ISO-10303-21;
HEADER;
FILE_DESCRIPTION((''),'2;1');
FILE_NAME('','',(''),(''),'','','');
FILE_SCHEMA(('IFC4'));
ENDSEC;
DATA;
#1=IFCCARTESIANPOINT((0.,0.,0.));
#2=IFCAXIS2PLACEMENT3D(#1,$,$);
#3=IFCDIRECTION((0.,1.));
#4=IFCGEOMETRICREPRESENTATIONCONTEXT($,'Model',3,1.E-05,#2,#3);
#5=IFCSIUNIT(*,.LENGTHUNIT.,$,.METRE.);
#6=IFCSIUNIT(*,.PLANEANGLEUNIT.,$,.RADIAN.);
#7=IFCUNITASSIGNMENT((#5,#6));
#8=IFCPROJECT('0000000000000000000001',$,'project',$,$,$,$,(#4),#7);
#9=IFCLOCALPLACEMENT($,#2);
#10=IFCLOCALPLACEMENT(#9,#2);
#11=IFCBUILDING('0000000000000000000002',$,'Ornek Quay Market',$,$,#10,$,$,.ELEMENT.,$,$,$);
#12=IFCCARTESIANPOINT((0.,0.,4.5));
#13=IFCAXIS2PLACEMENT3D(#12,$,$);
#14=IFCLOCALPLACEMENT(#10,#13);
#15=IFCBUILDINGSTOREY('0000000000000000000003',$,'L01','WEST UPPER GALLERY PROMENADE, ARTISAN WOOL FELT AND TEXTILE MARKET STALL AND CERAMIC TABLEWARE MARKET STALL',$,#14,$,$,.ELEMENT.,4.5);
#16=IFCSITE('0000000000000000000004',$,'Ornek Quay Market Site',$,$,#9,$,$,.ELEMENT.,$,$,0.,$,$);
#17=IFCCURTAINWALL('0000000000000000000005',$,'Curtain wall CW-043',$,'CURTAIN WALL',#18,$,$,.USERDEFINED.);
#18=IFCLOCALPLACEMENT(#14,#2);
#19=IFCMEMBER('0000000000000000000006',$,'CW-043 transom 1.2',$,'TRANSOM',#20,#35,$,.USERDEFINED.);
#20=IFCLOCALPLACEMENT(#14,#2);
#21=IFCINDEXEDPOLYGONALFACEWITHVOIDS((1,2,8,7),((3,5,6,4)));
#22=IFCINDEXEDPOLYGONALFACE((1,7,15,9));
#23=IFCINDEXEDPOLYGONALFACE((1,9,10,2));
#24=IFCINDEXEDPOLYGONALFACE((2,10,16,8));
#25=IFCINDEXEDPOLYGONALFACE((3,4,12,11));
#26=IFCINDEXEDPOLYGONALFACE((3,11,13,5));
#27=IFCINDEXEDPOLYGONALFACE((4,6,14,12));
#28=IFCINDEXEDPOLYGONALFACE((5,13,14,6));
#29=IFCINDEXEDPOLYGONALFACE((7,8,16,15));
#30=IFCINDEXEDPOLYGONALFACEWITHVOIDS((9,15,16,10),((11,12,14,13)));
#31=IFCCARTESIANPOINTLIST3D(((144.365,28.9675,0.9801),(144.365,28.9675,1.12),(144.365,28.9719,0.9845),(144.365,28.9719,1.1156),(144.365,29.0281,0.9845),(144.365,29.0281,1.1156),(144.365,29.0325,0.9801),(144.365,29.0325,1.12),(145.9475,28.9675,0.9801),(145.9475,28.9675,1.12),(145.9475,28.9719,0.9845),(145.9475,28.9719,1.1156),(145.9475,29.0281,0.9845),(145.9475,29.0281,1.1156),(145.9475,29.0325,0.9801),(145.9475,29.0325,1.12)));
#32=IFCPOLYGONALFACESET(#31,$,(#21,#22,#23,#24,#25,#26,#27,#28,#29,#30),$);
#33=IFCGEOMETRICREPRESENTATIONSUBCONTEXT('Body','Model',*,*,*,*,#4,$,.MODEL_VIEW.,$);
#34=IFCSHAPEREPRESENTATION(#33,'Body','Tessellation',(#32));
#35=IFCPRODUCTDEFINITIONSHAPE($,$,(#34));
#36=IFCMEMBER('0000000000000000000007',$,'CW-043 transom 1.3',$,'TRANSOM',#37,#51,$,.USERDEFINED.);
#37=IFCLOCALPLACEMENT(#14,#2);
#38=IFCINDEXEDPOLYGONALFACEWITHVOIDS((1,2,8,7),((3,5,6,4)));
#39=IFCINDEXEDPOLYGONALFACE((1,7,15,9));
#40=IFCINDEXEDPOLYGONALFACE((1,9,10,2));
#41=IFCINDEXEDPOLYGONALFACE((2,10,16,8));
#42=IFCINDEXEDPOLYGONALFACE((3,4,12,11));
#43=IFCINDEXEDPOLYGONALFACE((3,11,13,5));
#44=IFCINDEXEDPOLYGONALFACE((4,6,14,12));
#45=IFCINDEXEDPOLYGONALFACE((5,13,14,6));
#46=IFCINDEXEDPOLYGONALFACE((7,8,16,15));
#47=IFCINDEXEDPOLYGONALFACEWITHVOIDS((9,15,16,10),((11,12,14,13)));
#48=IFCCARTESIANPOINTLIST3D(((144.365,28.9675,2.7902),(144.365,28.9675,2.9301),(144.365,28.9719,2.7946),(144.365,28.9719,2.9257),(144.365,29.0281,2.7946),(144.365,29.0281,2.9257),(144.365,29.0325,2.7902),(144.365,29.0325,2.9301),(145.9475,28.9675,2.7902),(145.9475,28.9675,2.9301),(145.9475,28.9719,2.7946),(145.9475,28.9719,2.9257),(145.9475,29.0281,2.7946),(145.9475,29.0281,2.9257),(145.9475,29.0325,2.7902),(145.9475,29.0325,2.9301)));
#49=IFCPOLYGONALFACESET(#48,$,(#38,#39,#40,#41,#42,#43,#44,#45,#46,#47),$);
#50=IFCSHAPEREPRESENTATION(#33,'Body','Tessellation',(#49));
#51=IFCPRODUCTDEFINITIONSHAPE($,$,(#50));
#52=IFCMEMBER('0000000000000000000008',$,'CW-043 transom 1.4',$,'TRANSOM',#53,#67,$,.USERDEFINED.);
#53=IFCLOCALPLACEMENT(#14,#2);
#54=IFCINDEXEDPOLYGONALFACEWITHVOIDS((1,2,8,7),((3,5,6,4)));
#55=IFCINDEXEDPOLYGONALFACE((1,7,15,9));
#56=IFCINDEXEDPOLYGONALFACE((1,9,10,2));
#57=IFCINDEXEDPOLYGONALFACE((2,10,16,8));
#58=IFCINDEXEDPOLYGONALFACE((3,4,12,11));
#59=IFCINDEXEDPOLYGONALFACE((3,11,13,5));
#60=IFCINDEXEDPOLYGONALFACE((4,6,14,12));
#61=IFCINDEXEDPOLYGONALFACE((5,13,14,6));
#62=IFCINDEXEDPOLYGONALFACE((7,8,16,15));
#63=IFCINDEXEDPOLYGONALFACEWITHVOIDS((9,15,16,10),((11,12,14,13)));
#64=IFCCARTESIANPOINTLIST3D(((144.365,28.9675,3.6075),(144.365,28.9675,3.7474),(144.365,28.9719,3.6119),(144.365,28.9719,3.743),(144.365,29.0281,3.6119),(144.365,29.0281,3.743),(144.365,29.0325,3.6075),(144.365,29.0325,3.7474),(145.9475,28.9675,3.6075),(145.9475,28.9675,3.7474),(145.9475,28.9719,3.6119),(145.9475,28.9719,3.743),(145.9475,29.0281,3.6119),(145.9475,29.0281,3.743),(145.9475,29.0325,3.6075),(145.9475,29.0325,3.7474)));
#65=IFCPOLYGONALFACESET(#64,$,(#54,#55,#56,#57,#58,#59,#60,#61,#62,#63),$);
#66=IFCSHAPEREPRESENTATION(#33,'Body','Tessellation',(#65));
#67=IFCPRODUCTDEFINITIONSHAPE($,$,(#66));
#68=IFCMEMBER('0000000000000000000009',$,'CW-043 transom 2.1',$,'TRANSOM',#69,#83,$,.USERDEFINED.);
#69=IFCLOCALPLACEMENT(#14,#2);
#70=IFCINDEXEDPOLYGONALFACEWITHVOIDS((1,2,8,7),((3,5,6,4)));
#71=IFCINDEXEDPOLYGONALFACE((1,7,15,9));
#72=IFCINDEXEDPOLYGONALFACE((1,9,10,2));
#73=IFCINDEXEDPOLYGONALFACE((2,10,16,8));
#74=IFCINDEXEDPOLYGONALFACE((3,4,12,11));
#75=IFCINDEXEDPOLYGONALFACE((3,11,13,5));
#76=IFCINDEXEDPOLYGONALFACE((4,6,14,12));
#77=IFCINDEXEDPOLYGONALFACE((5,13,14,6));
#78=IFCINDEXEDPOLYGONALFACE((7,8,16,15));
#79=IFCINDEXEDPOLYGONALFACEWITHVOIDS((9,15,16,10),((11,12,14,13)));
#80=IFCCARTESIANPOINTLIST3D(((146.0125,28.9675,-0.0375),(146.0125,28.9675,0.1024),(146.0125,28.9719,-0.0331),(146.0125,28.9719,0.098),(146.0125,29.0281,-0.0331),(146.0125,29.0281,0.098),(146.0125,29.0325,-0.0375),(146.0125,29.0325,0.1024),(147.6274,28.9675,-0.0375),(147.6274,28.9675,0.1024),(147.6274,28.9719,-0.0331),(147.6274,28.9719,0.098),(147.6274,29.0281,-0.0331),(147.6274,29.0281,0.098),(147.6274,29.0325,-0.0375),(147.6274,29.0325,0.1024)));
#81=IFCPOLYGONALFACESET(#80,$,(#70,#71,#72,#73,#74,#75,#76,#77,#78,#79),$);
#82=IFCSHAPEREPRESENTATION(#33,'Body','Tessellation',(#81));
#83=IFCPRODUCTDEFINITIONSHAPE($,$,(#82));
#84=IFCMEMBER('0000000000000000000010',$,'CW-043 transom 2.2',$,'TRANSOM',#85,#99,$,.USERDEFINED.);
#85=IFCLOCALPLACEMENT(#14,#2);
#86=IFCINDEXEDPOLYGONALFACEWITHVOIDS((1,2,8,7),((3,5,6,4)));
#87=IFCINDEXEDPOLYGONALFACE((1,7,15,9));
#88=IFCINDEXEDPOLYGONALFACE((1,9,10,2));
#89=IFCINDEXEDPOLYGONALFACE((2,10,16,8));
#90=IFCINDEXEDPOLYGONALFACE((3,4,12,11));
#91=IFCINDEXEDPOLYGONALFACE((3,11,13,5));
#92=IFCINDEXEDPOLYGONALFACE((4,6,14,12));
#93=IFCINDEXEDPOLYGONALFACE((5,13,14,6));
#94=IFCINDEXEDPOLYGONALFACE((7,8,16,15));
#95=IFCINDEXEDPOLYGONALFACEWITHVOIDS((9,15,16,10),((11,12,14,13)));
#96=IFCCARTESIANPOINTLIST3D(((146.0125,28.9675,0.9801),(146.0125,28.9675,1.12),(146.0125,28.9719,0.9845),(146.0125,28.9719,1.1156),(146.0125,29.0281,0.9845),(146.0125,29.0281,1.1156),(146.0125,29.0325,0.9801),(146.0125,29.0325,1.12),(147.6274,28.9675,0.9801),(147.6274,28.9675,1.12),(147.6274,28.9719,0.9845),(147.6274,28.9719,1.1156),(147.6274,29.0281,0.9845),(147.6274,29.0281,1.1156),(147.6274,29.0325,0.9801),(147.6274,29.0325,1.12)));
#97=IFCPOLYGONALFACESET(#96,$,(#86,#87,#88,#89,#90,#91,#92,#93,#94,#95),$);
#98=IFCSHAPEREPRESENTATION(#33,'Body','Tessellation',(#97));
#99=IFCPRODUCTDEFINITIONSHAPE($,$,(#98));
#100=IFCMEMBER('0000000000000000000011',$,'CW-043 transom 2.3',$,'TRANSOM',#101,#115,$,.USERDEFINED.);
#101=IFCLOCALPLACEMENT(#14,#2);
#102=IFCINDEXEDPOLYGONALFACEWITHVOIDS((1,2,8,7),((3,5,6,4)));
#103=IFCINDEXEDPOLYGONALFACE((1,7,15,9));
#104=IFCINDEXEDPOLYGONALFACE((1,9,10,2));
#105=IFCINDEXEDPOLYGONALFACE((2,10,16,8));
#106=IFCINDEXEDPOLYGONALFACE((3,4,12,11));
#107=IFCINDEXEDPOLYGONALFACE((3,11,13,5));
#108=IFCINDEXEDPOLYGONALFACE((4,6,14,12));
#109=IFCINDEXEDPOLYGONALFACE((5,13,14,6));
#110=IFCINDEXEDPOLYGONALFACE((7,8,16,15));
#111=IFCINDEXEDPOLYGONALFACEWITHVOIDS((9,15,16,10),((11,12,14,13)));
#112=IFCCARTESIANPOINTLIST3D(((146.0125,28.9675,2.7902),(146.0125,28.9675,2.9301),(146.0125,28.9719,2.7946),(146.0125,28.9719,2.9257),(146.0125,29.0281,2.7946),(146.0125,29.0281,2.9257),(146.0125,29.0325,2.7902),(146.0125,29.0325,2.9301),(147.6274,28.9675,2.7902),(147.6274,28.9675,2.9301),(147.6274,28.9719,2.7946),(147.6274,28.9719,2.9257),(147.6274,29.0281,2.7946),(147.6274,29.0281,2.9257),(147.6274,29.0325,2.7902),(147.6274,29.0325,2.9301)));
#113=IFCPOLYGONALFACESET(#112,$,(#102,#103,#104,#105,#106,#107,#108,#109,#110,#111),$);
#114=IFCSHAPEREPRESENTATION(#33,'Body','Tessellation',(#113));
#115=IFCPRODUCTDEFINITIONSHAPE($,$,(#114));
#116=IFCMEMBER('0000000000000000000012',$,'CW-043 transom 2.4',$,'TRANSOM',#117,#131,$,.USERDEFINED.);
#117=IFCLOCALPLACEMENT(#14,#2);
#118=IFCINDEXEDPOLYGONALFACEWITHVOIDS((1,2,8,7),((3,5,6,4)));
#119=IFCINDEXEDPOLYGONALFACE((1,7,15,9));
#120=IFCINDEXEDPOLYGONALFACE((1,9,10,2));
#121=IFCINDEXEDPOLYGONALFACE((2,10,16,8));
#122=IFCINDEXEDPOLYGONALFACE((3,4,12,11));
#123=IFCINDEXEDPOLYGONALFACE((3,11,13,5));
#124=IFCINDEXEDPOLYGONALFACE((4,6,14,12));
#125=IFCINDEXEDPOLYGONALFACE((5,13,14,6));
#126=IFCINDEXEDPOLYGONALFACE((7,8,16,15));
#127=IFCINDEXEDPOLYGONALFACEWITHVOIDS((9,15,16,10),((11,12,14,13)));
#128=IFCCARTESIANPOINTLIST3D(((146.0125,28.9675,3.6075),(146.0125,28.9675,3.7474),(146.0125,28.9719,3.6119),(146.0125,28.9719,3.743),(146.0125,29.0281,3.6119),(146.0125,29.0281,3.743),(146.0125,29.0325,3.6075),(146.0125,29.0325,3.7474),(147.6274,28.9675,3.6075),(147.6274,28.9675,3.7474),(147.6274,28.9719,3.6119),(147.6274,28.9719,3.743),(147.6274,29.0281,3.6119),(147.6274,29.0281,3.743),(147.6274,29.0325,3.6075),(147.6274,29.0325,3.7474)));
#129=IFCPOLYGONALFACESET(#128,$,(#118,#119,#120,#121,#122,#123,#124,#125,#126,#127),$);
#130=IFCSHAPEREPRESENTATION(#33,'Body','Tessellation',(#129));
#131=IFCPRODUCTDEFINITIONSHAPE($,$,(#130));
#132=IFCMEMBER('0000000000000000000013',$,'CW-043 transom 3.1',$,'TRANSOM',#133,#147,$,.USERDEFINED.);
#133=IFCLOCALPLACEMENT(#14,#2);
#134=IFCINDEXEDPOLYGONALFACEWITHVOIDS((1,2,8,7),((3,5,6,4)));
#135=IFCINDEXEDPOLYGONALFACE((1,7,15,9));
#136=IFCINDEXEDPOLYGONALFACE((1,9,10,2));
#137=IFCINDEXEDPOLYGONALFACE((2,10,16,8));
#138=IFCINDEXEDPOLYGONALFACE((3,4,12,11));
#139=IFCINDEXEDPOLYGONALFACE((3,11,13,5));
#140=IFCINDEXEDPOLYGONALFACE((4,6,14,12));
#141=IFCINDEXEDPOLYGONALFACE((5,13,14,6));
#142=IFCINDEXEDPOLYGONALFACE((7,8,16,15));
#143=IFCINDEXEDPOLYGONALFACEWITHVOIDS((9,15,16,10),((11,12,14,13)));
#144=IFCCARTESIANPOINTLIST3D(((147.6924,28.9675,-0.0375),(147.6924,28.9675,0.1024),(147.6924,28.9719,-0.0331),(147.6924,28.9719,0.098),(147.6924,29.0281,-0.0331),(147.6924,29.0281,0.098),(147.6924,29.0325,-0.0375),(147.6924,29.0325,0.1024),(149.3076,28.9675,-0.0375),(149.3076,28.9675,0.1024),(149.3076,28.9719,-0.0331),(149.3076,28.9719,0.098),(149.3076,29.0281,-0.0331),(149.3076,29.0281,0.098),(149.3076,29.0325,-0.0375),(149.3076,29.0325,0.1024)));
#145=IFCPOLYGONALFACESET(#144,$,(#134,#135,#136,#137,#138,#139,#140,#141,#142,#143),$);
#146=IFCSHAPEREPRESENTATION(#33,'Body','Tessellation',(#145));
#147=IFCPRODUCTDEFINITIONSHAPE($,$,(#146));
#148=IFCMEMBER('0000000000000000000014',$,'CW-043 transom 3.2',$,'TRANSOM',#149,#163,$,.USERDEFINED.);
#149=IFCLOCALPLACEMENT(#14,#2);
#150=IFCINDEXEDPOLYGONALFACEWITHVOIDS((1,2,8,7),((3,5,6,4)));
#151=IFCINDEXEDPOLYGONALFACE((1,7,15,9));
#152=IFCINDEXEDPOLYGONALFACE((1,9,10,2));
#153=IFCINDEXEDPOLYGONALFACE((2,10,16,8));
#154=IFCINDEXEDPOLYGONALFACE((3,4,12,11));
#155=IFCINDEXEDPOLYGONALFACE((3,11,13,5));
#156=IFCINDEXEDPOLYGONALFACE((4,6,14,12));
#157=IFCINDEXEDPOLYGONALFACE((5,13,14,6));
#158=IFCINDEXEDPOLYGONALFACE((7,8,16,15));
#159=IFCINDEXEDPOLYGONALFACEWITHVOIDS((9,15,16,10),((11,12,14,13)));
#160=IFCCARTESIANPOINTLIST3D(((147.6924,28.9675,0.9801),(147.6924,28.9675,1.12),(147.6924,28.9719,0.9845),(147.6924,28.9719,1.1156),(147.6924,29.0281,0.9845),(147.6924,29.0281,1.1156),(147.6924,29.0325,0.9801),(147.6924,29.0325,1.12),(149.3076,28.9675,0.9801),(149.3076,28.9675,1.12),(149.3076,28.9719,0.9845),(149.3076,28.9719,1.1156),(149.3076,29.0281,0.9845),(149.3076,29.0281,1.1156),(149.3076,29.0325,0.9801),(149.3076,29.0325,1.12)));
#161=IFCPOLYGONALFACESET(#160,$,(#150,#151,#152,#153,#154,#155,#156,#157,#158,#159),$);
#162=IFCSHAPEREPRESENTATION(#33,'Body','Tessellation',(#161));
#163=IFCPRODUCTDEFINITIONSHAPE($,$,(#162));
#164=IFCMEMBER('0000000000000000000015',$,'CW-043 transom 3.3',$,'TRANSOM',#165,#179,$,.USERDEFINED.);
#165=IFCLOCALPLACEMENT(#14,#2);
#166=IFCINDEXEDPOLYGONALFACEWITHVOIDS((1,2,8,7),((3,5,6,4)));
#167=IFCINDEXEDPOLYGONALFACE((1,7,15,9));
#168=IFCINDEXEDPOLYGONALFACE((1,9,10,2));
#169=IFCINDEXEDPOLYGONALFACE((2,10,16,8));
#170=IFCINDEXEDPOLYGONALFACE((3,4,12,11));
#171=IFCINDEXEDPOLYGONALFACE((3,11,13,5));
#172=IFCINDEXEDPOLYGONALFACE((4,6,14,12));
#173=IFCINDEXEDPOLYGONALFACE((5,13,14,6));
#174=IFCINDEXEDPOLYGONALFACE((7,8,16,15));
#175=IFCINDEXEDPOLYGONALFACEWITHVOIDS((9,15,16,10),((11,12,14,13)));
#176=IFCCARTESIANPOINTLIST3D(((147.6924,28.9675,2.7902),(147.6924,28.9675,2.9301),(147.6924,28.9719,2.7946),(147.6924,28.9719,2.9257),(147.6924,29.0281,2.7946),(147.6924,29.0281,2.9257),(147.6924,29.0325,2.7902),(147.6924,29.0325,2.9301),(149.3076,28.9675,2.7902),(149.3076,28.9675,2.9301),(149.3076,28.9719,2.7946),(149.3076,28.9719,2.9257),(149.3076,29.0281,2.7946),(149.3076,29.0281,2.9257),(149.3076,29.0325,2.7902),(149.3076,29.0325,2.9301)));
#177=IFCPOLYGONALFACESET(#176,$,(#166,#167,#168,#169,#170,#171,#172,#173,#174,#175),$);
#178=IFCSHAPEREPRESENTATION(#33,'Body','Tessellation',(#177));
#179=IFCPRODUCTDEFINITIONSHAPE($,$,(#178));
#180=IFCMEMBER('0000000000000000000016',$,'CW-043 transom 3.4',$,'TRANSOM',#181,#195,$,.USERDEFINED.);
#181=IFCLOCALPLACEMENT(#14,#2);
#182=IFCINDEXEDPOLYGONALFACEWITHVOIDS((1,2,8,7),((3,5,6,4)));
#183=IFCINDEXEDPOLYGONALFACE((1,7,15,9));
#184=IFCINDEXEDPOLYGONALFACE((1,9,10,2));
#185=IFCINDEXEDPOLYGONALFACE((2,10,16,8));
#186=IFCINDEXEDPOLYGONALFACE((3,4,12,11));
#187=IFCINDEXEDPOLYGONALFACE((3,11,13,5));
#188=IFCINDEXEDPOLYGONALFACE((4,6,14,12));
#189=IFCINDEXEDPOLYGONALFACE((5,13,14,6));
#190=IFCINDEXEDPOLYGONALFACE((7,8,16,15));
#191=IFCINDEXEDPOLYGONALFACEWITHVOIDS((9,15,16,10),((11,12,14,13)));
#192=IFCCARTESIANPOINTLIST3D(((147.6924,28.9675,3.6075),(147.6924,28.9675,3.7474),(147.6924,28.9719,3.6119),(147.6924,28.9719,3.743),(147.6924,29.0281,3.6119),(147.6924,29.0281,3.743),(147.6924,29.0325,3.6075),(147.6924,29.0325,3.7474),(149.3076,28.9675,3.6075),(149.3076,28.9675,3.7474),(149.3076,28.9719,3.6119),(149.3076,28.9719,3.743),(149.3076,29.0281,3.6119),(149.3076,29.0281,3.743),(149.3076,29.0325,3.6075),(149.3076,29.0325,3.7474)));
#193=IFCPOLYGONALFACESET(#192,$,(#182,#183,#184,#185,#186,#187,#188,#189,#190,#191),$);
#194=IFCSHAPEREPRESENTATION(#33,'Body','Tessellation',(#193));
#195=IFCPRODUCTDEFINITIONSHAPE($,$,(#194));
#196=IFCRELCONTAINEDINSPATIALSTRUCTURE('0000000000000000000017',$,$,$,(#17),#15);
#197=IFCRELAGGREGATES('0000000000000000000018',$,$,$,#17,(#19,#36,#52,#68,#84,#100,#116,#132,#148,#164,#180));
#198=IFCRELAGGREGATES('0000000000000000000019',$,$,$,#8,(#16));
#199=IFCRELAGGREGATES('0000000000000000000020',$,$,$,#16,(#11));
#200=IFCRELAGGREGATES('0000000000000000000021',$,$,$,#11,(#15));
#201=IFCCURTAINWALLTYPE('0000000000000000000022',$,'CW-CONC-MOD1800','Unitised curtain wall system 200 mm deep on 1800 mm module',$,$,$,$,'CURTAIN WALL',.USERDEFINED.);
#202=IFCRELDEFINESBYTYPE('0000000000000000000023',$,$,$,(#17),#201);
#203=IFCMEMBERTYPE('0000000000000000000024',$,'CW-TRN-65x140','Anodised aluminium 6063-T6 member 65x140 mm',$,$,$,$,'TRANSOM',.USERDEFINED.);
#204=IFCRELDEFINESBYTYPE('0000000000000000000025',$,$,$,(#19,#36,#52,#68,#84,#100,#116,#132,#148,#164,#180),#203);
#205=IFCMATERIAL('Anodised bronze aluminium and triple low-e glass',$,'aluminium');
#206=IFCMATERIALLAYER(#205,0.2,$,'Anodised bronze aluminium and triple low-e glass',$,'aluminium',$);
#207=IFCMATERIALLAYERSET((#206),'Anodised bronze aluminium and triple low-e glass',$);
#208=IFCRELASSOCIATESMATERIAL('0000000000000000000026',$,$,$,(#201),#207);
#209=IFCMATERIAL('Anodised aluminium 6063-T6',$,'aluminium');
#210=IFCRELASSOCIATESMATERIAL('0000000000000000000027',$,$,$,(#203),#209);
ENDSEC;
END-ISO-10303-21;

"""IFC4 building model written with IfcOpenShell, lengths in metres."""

from ifc_helpers import new_model, si_unit, direction, frame, origin, origin_2d, place, context, subcontext, project, spatial, hollow_rectangle, extrude, material, layer, layer_set, material_profile, profile_set, type_object, element, aggregate, save


model = new_model("IFC4")

# Units and contexts
model_context = context("Model", 3, precision=1e-05, world=origin(), true_north=direction((0.0, 1.0)))
body_context = subcontext(model_context, "Body", "Model", "MODEL_VIEW")
ifc_project = project(units=[si_unit("LENGTHUNIT", "METRE"), si_unit("PLANEANGLEUNIT", "RADIAN")], contexts=[model_context])

# Site, building, storey
site_placement = place(None, origin())
site = spatial("IfcSite", under=ifc_project, at=site_placement, Name="Ornek Quay Market Site", CompositionType="ELEMENT", RefElevation=0.0)
building_placement = place(site_placement, origin())
building = spatial("IfcBuilding", under=site, at=building_placement, Name="Ornek Quay Market", CompositionType="ELEMENT")
storey_placement = place(building_placement, frame((0.0, 0.0, 4.5)))
storey = spatial("IfcBuildingStorey", under=building, at=storey_placement, Name="L01", Description="WEST UPPER GALLERY PROMENADE, ARTISAN WOOL FELT AND TEXTILE MARKET STALL AND CERAMIC TABLEWARE MARKET STALL", CompositionType="ELEMENT", Elevation=4.5)

# Shared definitions
ifc_material_1 = material(Name="Anodised bronze aluminium and triple low-e glass", Category="aluminium")
ifc_material_2 = material(Name="Anodised aluminium 6063-T6", Category="aluminium")
ifc_layer_1 = layer(ifc_material_1, 0.2, Name="Anodised bronze aluminium and triple low-e glass", Category="aluminium")
ifc_layer_set_1 = layer_set([ifc_layer_1], Name="Anodised bronze aluminium and triple low-e glass")
curtain_wall_type_1 = type_object("IfcCurtainWallType", Name="CW-CONC-MOD1800", Description="Unitised curtain wall system 200 mm deep on 1800 mm module", ElementType="CURTAIN WALL", PredefinedType="USERDEFINED", material=ifc_layer_set_1)

# Curtain wall
curtain_wall_1_placement = place(storey_placement, origin())
curtain_wall_1 = element("IfcCurtainWall", 1, at=curtain_wall_1_placement, inside=storey, type_object=curtain_wall_type_1, Name="Curtain wall CW-043", ObjectType="CURTAIN WALL", PredefinedType="USERDEFINED")

# Members
ifc_material_profile_1 = material_profile(ifc_material_2, hollow_rectangle(XDim=0.0649, YDim=0.1399, WallThickness=0.0044, at=origin_2d()), Name="CW-TRN-65x140", Category="aluminium")
ifc_profile_set_1 = profile_set([ifc_material_profile_1], Name="Anodised aluminium 6063-T6")
member_type_1 = type_object("IfcMemberType", Name="CW-TRN-65x140", Description="Anodised aluminium 6063-T6 member 65x140 mm", ElementType="TRANSOM", PredefinedType="USERDEFINED", material=ifc_profile_set_1)
member_1_placement = place(storey_placement, frame((144.365, 29.0, 1.05), z_axis=(1.0, 0.0, 0.0), x_axis=(0.0, 1.0, 0.0)))
member_1 = element("IfcMember", 2, at=member_1_placement, type_object=member_type_1, Name="CW-043 transom 1.2", ObjectType="TRANSOM", PredefinedType="USERDEFINED", context=body_context, shape_type="SweptSolid", body=[
    extrude(hollow_rectangle(XDim=0.0649, YDim=0.1399, WallThickness=0.0044, at=origin_2d()), origin(), (0.0, 0.0, 1.0), 1.5825),
])
member_2_placement = place(storey_placement, frame((144.365, 29.0, 2.8601), z_axis=(1.0, 0.0, 0.0), x_axis=(0.0, 1.0, 0.0)))
member_2 = element("IfcMember", 3, at=member_2_placement, type_object=member_type_1, Name="CW-043 transom 1.3", ObjectType="TRANSOM", PredefinedType="USERDEFINED", context=body_context, shape_type="SweptSolid", body=[
    extrude(hollow_rectangle(XDim=0.0649, YDim=0.1399, WallThickness=0.0044, at=origin_2d()), origin(), (0.0, 0.0, 1.0), 1.5825),
])
member_3_placement = place(storey_placement, frame((144.365, 29.0, 3.6775), z_axis=(1.0, 0.0, 0.0), x_axis=(0.0, 1.0, 0.0)))
member_3 = element("IfcMember", 4, at=member_3_placement, type_object=member_type_1, Name="CW-043 transom 1.4", ObjectType="TRANSOM", PredefinedType="USERDEFINED", context=body_context, shape_type="SweptSolid", body=[
    extrude(hollow_rectangle(XDim=0.0649, YDim=0.1399, WallThickness=0.0044, at=origin_2d()), origin(), (0.0, 0.0, 1.0), 1.5825),
])
member_4_placement = place(storey_placement, frame((146.0125, 29.0, 0.0325), z_axis=(1.0, 0.0, 0.0), x_axis=(0.0, 1.0, 0.0)))
member_4 = element("IfcMember", 5, at=member_4_placement, type_object=member_type_1, Name="CW-043 transom 2.1", ObjectType="TRANSOM", PredefinedType="USERDEFINED", context=body_context, shape_type="SweptSolid", body=[
    extrude(hollow_rectangle(XDim=0.0649, YDim=0.1399, WallThickness=0.0044, at=origin_2d()), origin(), (0.0, 0.0, 1.0), 1.615),
])
member_5_placement = place(storey_placement, frame((146.0125, 29.0, 1.05), z_axis=(1.0, 0.0, 0.0), x_axis=(0.0, 1.0, 0.0)))
member_5 = element("IfcMember", 6, at=member_5_placement, type_object=member_type_1, Name="CW-043 transom 2.2", ObjectType="TRANSOM", PredefinedType="USERDEFINED", context=body_context, shape_type="SweptSolid", body=[
    extrude(hollow_rectangle(XDim=0.0649, YDim=0.1399, WallThickness=0.0044, at=origin_2d()), origin(), (0.0, 0.0, 1.0), 1.615),
])
member_6_placement = place(storey_placement, frame((146.0125, 29.0, 2.8601), z_axis=(1.0, 0.0, 0.0), x_axis=(0.0, 1.0, 0.0)))
member_6 = element("IfcMember", 7, at=member_6_placement, type_object=member_type_1, Name="CW-043 transom 2.3", ObjectType="TRANSOM", PredefinedType="USERDEFINED", context=body_context, shape_type="SweptSolid", body=[
    extrude(hollow_rectangle(XDim=0.0649, YDim=0.1399, WallThickness=0.0044, at=origin_2d()), origin(), (0.0, 0.0, 1.0), 1.615),
])
member_7_placement = place(storey_placement, frame((146.0125, 29.0, 3.6775), z_axis=(1.0, 0.0, 0.0), x_axis=(0.0, 1.0, 0.0)))
member_7 = element("IfcMember", 8, at=member_7_placement, type_object=member_type_1, Name="CW-043 transom 2.4", ObjectType="TRANSOM", PredefinedType="USERDEFINED", context=body_context, shape_type="SweptSolid", body=[
    extrude(hollow_rectangle(XDim=0.0649, YDim=0.1399, WallThickness=0.0044, at=origin_2d()), origin(), (0.0, 0.0, 1.0), 1.615),
])
member_8_placement = place(storey_placement, frame((147.6924, 29.0, 0.0325), z_axis=(1.0, 0.0, 0.0), x_axis=(0.0, 1.0, 0.0)))
member_8 = element("IfcMember", 9, at=member_8_placement, type_object=member_type_1, Name="CW-043 transom 3.1", ObjectType="TRANSOM", PredefinedType="USERDEFINED", context=body_context, shape_type="SweptSolid", body=[
    extrude(hollow_rectangle(XDim=0.0649, YDim=0.1399, WallThickness=0.0044, at=origin_2d()), origin(), (0.0, 0.0, 1.0), 1.6152),
])
member_9_placement = place(storey_placement, frame((147.6924, 29.0, 1.05), z_axis=(1.0, 0.0, 0.0), x_axis=(0.0, 1.0, 0.0)))
member_9 = element("IfcMember", 10, at=member_9_placement, type_object=member_type_1, Name="CW-043 transom 3.2", ObjectType="TRANSOM", PredefinedType="USERDEFINED", context=body_context, shape_type="SweptSolid", body=[
    extrude(hollow_rectangle(XDim=0.0649, YDim=0.1399, WallThickness=0.0044, at=origin_2d()), origin(), (0.0, 0.0, 1.0), 1.6152),
])
member_10_placement = place(storey_placement, frame((147.6924, 29.0, 2.8601), z_axis=(1.0, 0.0, 0.0), x_axis=(0.0, 1.0, 0.0)))
member_10 = element("IfcMember", 11, at=member_10_placement, type_object=member_type_1, Name="CW-043 transom 3.3", ObjectType="TRANSOM", PredefinedType="USERDEFINED", context=body_context, shape_type="SweptSolid", body=[
    extrude(hollow_rectangle(XDim=0.0649, YDim=0.1399, WallThickness=0.0044, at=origin_2d()), origin(), (0.0, 0.0, 1.0), 1.6152),
])
member_11_placement = place(storey_placement, frame((147.6924, 29.0, 3.6775), z_axis=(1.0, 0.0, 0.0), x_axis=(0.0, 1.0, 0.0)))
member_11 = element("IfcMember", 12, at=member_11_placement, type_object=member_type_1, Name="CW-043 transom 3.4", ObjectType="TRANSOM", PredefinedType="USERDEFINED", context=body_context, shape_type="SweptSolid", body=[
    extrude(hollow_rectangle(XDim=0.0649, YDim=0.1399, WallThickness=0.0044, at=origin_2d()), origin(), (0.0, 0.0, 1.0), 1.6152),
])

aggregate(curtain_wall_1, [member_1, member_2, member_3, member_4, member_5, member_6, member_7, member_8, member_9, member_10, member_11])

save(model, "model.ifc")
